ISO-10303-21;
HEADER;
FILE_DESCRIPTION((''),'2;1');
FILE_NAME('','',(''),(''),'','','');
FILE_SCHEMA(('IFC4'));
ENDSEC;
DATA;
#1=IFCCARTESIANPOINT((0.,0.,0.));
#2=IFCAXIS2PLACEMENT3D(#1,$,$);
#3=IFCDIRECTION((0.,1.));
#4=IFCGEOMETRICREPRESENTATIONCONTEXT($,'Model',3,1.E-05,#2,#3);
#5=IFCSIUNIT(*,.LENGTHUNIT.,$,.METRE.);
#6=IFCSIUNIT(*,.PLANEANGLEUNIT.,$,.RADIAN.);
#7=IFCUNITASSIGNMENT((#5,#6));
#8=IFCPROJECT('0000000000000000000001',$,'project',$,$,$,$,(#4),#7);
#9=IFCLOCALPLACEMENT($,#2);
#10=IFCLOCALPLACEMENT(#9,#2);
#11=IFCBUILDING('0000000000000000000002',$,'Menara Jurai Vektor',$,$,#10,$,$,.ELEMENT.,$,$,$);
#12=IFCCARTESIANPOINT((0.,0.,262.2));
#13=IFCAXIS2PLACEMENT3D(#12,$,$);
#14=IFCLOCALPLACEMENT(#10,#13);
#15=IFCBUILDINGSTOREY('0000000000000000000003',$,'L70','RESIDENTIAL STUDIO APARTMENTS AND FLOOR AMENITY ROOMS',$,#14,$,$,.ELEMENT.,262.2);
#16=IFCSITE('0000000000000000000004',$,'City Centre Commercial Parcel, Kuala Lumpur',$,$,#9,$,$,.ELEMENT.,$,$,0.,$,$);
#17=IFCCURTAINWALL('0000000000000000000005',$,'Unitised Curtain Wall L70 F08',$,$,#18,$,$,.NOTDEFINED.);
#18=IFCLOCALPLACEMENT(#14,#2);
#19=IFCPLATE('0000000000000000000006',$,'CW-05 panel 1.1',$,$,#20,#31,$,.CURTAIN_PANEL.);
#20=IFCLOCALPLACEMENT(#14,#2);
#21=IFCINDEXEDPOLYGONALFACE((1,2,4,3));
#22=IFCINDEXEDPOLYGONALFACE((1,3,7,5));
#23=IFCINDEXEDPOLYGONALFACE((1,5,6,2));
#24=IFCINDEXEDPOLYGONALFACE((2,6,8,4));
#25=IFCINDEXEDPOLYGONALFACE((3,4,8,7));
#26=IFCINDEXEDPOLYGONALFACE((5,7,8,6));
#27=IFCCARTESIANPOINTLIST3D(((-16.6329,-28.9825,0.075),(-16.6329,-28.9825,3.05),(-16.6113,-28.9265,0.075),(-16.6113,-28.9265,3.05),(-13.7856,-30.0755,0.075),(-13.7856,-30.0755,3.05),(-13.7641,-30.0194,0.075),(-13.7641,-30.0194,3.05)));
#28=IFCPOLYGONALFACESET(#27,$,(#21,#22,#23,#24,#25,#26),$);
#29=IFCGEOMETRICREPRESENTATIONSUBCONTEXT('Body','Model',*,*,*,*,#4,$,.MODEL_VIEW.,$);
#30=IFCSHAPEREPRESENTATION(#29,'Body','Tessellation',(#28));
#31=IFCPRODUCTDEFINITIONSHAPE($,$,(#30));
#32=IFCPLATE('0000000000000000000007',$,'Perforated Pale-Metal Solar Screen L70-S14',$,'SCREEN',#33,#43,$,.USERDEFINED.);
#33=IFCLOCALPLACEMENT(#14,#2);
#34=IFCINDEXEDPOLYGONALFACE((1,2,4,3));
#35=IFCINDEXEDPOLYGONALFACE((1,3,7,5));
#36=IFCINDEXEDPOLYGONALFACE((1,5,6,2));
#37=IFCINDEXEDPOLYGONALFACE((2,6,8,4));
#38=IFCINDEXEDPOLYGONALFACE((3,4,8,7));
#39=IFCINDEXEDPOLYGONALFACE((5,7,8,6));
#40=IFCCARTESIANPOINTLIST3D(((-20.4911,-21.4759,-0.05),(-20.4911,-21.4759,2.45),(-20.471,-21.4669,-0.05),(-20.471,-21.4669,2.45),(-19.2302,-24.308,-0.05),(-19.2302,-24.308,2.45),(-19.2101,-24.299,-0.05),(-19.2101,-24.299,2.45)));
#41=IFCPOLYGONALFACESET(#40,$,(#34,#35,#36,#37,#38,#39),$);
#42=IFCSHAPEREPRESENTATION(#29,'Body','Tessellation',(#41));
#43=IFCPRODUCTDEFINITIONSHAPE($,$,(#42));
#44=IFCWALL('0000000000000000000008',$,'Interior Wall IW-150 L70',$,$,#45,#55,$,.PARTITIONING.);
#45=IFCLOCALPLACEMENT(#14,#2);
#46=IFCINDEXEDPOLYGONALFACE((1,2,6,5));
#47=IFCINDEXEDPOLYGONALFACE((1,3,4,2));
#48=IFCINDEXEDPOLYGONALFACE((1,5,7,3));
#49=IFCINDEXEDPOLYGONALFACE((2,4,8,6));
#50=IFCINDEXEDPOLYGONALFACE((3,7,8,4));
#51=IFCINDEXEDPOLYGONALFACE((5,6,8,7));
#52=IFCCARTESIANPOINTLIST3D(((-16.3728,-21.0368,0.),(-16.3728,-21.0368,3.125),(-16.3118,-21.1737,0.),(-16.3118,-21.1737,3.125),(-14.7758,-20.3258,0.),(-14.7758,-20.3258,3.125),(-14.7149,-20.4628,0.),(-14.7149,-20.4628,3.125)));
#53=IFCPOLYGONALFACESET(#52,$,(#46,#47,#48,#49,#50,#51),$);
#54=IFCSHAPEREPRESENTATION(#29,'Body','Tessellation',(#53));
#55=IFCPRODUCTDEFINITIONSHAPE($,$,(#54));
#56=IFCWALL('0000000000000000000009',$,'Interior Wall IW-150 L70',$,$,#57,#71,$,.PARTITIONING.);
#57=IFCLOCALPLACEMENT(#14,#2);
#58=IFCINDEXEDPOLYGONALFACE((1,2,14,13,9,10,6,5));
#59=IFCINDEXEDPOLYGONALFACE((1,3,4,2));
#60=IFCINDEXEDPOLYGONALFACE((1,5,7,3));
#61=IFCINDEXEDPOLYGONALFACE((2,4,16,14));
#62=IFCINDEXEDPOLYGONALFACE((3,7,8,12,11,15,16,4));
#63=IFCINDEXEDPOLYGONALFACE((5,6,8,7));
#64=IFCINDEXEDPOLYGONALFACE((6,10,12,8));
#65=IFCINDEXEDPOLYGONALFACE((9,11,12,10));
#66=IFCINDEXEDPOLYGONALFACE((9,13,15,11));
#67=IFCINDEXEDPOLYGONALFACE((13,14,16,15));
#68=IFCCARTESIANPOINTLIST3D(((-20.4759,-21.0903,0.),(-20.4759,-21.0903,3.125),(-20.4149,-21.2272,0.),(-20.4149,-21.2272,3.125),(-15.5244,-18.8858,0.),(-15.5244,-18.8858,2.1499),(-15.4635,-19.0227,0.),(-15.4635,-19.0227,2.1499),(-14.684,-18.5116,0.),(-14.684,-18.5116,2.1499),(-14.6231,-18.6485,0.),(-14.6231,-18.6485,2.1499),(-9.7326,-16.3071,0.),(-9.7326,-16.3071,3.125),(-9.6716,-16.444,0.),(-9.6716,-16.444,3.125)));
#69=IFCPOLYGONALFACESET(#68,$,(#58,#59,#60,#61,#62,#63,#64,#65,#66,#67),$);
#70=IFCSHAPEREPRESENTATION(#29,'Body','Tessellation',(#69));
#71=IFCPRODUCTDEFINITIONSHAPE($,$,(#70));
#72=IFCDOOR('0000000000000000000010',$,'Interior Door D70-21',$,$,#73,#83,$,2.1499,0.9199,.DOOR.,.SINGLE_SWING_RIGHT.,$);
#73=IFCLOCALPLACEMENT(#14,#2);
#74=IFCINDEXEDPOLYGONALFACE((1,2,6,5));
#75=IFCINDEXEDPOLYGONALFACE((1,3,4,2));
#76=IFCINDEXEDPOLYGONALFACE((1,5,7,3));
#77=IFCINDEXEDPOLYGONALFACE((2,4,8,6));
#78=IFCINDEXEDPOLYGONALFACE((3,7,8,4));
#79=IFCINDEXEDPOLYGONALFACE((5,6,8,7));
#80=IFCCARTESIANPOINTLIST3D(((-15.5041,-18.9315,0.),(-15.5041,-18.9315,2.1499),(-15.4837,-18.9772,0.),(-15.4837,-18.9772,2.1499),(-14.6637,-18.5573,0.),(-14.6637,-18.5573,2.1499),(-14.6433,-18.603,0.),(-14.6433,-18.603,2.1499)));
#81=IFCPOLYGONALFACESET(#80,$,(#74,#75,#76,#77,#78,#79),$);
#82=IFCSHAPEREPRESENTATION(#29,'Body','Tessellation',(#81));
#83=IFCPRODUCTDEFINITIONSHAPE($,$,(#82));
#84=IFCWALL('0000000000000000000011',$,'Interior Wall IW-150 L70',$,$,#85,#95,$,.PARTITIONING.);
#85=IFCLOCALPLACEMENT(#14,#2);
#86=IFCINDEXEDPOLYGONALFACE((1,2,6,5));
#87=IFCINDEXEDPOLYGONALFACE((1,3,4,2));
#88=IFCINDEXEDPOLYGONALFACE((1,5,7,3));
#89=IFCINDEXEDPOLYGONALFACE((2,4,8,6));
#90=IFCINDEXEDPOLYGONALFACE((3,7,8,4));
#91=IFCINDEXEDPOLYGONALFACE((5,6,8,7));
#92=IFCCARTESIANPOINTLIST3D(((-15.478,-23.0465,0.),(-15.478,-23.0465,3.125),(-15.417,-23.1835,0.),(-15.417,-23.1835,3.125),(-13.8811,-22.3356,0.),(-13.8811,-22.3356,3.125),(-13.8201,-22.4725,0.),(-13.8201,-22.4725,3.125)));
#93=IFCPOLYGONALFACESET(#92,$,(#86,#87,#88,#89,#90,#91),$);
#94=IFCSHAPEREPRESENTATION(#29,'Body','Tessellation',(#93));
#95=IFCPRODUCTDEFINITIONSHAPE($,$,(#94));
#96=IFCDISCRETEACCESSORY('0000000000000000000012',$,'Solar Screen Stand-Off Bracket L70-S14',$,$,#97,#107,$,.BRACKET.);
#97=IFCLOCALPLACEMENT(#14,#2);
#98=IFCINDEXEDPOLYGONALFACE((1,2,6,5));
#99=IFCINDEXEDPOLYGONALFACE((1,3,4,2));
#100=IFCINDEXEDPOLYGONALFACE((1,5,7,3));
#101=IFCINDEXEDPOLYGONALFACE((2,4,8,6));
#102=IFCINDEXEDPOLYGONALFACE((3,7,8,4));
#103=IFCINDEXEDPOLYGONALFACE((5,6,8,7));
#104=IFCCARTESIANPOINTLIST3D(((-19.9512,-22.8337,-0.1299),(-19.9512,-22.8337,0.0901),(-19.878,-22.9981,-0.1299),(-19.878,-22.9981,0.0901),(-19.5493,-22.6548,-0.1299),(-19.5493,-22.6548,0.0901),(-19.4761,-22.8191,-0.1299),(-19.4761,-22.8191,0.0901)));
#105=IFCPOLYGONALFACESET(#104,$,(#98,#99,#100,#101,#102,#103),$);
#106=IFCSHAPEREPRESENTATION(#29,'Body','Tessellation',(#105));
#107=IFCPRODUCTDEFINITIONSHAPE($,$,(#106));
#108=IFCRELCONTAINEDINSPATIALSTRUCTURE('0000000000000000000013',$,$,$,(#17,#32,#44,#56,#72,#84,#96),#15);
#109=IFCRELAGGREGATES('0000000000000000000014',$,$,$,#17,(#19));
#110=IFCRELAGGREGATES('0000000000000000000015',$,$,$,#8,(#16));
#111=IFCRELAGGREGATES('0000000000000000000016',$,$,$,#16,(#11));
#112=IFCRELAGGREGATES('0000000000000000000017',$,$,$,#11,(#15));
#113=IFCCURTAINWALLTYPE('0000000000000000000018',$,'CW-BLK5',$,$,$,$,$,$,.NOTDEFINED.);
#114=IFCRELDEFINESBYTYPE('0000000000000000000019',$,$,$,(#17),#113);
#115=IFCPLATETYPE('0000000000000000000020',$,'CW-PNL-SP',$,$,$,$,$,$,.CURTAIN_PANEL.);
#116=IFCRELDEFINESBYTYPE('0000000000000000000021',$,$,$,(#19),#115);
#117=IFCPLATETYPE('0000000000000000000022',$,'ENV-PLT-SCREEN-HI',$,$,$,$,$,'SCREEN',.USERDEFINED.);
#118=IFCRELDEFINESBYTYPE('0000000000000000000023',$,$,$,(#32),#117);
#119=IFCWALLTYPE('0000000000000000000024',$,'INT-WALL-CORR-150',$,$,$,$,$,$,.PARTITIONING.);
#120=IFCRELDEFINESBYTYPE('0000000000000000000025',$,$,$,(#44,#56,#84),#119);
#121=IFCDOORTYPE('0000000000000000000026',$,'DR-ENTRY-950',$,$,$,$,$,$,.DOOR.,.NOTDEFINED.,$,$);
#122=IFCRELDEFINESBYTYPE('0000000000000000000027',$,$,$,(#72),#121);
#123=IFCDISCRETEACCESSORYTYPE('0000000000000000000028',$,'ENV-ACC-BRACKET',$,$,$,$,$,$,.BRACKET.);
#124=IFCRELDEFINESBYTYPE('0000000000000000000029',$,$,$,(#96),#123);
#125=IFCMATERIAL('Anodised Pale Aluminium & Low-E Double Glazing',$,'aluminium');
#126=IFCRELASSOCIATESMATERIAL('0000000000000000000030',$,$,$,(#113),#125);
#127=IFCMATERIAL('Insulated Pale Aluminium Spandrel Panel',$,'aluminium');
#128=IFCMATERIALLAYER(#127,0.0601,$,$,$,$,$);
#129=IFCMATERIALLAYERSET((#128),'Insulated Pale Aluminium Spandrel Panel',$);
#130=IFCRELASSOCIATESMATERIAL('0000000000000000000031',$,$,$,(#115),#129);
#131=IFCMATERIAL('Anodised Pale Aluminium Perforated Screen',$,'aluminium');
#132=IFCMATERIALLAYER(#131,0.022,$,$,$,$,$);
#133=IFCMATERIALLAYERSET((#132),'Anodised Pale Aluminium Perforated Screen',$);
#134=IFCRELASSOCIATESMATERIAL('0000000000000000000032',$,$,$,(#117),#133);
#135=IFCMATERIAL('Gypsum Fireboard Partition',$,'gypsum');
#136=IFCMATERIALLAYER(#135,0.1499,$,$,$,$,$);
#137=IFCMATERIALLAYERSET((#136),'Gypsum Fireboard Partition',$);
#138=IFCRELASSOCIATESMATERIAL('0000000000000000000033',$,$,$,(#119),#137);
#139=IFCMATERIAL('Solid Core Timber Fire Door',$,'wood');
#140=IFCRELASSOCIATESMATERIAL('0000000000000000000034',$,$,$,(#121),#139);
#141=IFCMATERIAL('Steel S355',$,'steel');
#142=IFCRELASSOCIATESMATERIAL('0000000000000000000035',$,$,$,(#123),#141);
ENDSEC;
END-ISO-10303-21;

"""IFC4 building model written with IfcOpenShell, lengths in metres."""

from ifc_helpers import new_model, si_unit, direction, frame, frame_2d, origin, origin_2d, place, context, subcontext, project, spatial, rectangle, extrude, material, layer, layer_set, type_object, element, fill, aggregate, save


model = new_model("IFC4")

# Units and contexts
model_context = context("Model", 3, precision=1e-05, world=origin(), true_north=direction((0.0, 1.0)))
body_context = subcontext(model_context, "Body", "Model", "MODEL_VIEW")
ifc_project = project(units=[si_unit("LENGTHUNIT", "METRE"), si_unit("PLANEANGLEUNIT", "RADIAN")], contexts=[model_context])

# Site, building, storey
site_placement = place(None, origin())
site = spatial("IfcSite", under=ifc_project, at=site_placement, Name="City Centre Commercial Parcel, Kuala Lumpur", CompositionType="ELEMENT", RefElevation=0.0)
building_placement = place(site_placement, origin())
building = spatial("IfcBuilding", under=site, at=building_placement, Name="Menara Jurai Vektor", CompositionType="ELEMENT")
storey_placement = place(building_placement, frame((0.0, 0.0, 262.2)))
storey = spatial("IfcBuildingStorey", under=building, at=storey_placement, Name="L70", Description="RESIDENTIAL STUDIO APARTMENTS AND FLOOR AMENITY ROOMS", CompositionType="ELEMENT", Elevation=262.2)

# Shared definitions
ifc_material_1 = material(Name="Anodised Pale Aluminium & Low-E Double Glazing", Category="aluminium")
curtain_wall_type = type_object("IfcCurtainWallType", Name="CW-BLK5", PredefinedType="NOTDEFINED", material=ifc_material_1)

# Curtain wall
curtain_wall_1_placement = place(storey_placement, origin())
curtain_wall_1 = element("IfcCurtainWall", 1, at=curtain_wall_1_placement, inside=storey, type_object=curtain_wall_type, Name="Unitised Curtain Wall L70 F08", PredefinedType="NOTDEFINED")

# Shared definitions
ifc_material_2 = material(Name="Steel S355", Category="steel")

# Plates
ifc_material_3 = material(Name="Insulated Pale Aluminium Spandrel Panel", Category="aluminium")
ifc_layer_1 = layer(ifc_material_3, 0.0601)
ifc_layer_set_1 = layer_set([ifc_layer_1], Name="Insulated Pale Aluminium Spandrel Panel")
plate_type_1 = type_object("IfcPlateType", Name="CW-PNL-SP", PredefinedType="CURTAIN_PANEL", material=ifc_layer_set_1)
plate_1_placement = place(storey_placement, frame((-15.1985, -29.501, 0.075), z_axis=(0.0, 0.0, 1.0), x_axis=(0.933578, -0.358374, 0.0)))
plate_1 = element("IfcPlate", 2, at=plate_1_placement, type_object=plate_type_1, Name="CW-05 panel 1.1", PredefinedType="CURTAIN_PANEL", context=body_context, shape_type="SweptSolid", body=[
    extrude(rectangle(XDim=3.0498, YDim=0.0601, at=origin_2d()), origin(), (0.0, 0.0, 1.0), 2.9751),
])
aggregate(curtain_wall_1, [plate_1])
ifc_material_4 = material(Name="Anodised Pale Aluminium Perforated Screen", Category="aluminium")
ifc_layer_2 = layer(ifc_material_4, 0.022)
ifc_layer_set_2 = layer_set([ifc_layer_2], Name="Anodised Pale Aluminium Perforated Screen")
plate_type_2 = type_object("IfcPlateType", Name="ENV-PLT-SCREEN-HI", ElementType="SCREEN", PredefinedType="USERDEFINED", material=ifc_layer_set_2)
plate_2_placement = place(storey_placement, frame((-19.8506, -22.8875, -0.05), z_axis=(0.0, 0.0, 1.0), x_axis=(0.406737, -0.913545, 0.0)))
element("IfcPlate", 3, at=plate_2_placement, inside=storey, type_object=plate_type_2, Name="Perforated Pale-Metal Solar Screen L70-S14", ObjectType="SCREEN", PredefinedType="USERDEFINED", context=body_context, shape_type="SweptSolid", body=[
    extrude(rectangle(XDim=3.1001, YDim=0.022, at=origin_2d()), origin(), (0.0, 0.0, 1.0), 2.5),
])

# Shared definitions
ifc_material_5 = material(Name="Gypsum Fireboard Partition", Category="gypsum")
ifc_layer_3 = layer(ifc_material_5, 0.1499)
ifc_layer_set_3 = layer_set([ifc_layer_3], Name="Gypsum Fireboard Partition")
wall_type = type_object("IfcWallType", Name="INT-WALL-CORR-150", PredefinedType="PARTITIONING", material=ifc_layer_set_3)
ifc_material_6 = material(Name="Solid Core Timber Fire Door", Category="wood")
door_type_1 = type_object("IfcDoorType", Name="DR-ENTRY-950", OperationType="NOTDEFINED", PredefinedType="DOOR", material=ifc_material_6)

# Wall
wall_1_placement = place(storey_placement, frame((-16.3423, -21.1052, 0.0), z_axis=(0.0, 0.0, 1.0), x_axis=(0.913558, 0.406709, 0.0)))
element("IfcWall", 4, at=wall_1_placement, inside=storey, type_object=wall_type, Name="Interior Wall IW-150 L70", PredefinedType="PARTITIONING", context=body_context, shape_type="SweptSolid", body=[
    extrude(rectangle(XDim=1.748, YDim=0.1499, at=frame_2d((0.874, 0.0))), origin(), (0.0, 0.0, 1.0), 3.125),
])

# Wall, opening, door
wall_2_placement = place(storey_placement, frame((-20.4453, -21.1587, 0.0), z_axis=(0.0, 0.0, 1.0), x_axis=(0.913548, 0.406732, 0.0)))
wall_2 = element("IfcWall", 5, at=wall_2_placement, inside=storey, type_object=wall_type, Name="Interior Wall IW-150 L70", PredefinedType="PARTITIONING", context=body_context, shape_type="SweptSolid", body=[
    extrude(rectangle(XDim=11.76, YDim=0.1499, at=frame_2d((5.8799, 0.0))), origin(), (0.0, 0.0, 1.0), 3.125),
])
opening_1_placement = place(wall_2_placement, frame((5.4199, 0.0, 0.0)))
opening_1 = element("IfcOpeningElement", 6, at=opening_1_placement, cuts=wall_2, PredefinedType="OPENING", context=body_context, shape_type="SweptSolid", body=[
    extrude(rectangle(XDim=0.9199, YDim=2.1499, at=frame_2d((0.46, 1.075))), frame((0.0, 0.085, 0.0), z_axis=(0.0, -1.0, 0.0), x_axis=(1.0, 0.0, 0.0)), (0.0, 0.0, 1.0), 0.1699),
])
door_1_placement = place(opening_1_placement, origin())
door_1 = element("IfcDoor", 7, at=door_1_placement, inside=storey, type_object=door_type_1, Name="Interior Door D70-21", OperationType="SINGLE_SWING_RIGHT", OverallHeight=2.1499, OverallWidth=0.9199, PredefinedType="DOOR", context=body_context, shape_type="SweptSolid", body=[
    extrude(rectangle(XDim=0.9199, YDim=2.1499, at=frame_2d((0.46, 1.075))), frame((0.0, 0.0249, 0.0), z_axis=(0.0, -1.0, 0.0), x_axis=(1.0, 0.0, 0.0)), (0.0, 0.0, 1.0), 0.05),
])
fill(opening_1, door_1)

# Wall
wall_3_placement = place(storey_placement, frame((-15.4475, -23.115, 0.0), z_axis=(0.0, 0.0, 1.0), x_axis=(0.913558, 0.406709, 0.0)))
element("IfcWall", 8, at=wall_3_placement, inside=storey, type_object=wall_type, Name="Interior Wall IW-150 L70", PredefinedType="PARTITIONING", context=body_context, shape_type="SweptSolid", body=[
    extrude(rectangle(XDim=1.748, YDim=0.1499, at=frame_2d((0.874, 0.0))), origin(), (0.0, 0.0, 1.0), 3.125),
])

# Discrete accessory
discrete_accessory_type = type_object("IfcDiscreteAccessoryType", Name="ENV-ACC-BRACKET", PredefinedType="BRACKET", material=ifc_material_2)
discrete_accessory_placement = place(storey_placement, frame((-19.7136, -22.8264, -0.1299), z_axis=(0.0, 0.0, 1.0), x_axis=(0.406737, -0.913545, 0.0)))
element("IfcDiscreteAccessory", 9, at=discrete_accessory_placement, inside=storey, type_object=discrete_accessory_type, Name="Solar Screen Stand-Off Bracket L70-S14", PredefinedType="BRACKET", context=body_context, shape_type="SweptSolid", body=[
    extrude(rectangle(XDim=0.1799, YDim=0.4399, at=origin_2d()), origin(), (0.0, 0.0, 1.0), 0.22),
])

save(model, "model.ifc")
